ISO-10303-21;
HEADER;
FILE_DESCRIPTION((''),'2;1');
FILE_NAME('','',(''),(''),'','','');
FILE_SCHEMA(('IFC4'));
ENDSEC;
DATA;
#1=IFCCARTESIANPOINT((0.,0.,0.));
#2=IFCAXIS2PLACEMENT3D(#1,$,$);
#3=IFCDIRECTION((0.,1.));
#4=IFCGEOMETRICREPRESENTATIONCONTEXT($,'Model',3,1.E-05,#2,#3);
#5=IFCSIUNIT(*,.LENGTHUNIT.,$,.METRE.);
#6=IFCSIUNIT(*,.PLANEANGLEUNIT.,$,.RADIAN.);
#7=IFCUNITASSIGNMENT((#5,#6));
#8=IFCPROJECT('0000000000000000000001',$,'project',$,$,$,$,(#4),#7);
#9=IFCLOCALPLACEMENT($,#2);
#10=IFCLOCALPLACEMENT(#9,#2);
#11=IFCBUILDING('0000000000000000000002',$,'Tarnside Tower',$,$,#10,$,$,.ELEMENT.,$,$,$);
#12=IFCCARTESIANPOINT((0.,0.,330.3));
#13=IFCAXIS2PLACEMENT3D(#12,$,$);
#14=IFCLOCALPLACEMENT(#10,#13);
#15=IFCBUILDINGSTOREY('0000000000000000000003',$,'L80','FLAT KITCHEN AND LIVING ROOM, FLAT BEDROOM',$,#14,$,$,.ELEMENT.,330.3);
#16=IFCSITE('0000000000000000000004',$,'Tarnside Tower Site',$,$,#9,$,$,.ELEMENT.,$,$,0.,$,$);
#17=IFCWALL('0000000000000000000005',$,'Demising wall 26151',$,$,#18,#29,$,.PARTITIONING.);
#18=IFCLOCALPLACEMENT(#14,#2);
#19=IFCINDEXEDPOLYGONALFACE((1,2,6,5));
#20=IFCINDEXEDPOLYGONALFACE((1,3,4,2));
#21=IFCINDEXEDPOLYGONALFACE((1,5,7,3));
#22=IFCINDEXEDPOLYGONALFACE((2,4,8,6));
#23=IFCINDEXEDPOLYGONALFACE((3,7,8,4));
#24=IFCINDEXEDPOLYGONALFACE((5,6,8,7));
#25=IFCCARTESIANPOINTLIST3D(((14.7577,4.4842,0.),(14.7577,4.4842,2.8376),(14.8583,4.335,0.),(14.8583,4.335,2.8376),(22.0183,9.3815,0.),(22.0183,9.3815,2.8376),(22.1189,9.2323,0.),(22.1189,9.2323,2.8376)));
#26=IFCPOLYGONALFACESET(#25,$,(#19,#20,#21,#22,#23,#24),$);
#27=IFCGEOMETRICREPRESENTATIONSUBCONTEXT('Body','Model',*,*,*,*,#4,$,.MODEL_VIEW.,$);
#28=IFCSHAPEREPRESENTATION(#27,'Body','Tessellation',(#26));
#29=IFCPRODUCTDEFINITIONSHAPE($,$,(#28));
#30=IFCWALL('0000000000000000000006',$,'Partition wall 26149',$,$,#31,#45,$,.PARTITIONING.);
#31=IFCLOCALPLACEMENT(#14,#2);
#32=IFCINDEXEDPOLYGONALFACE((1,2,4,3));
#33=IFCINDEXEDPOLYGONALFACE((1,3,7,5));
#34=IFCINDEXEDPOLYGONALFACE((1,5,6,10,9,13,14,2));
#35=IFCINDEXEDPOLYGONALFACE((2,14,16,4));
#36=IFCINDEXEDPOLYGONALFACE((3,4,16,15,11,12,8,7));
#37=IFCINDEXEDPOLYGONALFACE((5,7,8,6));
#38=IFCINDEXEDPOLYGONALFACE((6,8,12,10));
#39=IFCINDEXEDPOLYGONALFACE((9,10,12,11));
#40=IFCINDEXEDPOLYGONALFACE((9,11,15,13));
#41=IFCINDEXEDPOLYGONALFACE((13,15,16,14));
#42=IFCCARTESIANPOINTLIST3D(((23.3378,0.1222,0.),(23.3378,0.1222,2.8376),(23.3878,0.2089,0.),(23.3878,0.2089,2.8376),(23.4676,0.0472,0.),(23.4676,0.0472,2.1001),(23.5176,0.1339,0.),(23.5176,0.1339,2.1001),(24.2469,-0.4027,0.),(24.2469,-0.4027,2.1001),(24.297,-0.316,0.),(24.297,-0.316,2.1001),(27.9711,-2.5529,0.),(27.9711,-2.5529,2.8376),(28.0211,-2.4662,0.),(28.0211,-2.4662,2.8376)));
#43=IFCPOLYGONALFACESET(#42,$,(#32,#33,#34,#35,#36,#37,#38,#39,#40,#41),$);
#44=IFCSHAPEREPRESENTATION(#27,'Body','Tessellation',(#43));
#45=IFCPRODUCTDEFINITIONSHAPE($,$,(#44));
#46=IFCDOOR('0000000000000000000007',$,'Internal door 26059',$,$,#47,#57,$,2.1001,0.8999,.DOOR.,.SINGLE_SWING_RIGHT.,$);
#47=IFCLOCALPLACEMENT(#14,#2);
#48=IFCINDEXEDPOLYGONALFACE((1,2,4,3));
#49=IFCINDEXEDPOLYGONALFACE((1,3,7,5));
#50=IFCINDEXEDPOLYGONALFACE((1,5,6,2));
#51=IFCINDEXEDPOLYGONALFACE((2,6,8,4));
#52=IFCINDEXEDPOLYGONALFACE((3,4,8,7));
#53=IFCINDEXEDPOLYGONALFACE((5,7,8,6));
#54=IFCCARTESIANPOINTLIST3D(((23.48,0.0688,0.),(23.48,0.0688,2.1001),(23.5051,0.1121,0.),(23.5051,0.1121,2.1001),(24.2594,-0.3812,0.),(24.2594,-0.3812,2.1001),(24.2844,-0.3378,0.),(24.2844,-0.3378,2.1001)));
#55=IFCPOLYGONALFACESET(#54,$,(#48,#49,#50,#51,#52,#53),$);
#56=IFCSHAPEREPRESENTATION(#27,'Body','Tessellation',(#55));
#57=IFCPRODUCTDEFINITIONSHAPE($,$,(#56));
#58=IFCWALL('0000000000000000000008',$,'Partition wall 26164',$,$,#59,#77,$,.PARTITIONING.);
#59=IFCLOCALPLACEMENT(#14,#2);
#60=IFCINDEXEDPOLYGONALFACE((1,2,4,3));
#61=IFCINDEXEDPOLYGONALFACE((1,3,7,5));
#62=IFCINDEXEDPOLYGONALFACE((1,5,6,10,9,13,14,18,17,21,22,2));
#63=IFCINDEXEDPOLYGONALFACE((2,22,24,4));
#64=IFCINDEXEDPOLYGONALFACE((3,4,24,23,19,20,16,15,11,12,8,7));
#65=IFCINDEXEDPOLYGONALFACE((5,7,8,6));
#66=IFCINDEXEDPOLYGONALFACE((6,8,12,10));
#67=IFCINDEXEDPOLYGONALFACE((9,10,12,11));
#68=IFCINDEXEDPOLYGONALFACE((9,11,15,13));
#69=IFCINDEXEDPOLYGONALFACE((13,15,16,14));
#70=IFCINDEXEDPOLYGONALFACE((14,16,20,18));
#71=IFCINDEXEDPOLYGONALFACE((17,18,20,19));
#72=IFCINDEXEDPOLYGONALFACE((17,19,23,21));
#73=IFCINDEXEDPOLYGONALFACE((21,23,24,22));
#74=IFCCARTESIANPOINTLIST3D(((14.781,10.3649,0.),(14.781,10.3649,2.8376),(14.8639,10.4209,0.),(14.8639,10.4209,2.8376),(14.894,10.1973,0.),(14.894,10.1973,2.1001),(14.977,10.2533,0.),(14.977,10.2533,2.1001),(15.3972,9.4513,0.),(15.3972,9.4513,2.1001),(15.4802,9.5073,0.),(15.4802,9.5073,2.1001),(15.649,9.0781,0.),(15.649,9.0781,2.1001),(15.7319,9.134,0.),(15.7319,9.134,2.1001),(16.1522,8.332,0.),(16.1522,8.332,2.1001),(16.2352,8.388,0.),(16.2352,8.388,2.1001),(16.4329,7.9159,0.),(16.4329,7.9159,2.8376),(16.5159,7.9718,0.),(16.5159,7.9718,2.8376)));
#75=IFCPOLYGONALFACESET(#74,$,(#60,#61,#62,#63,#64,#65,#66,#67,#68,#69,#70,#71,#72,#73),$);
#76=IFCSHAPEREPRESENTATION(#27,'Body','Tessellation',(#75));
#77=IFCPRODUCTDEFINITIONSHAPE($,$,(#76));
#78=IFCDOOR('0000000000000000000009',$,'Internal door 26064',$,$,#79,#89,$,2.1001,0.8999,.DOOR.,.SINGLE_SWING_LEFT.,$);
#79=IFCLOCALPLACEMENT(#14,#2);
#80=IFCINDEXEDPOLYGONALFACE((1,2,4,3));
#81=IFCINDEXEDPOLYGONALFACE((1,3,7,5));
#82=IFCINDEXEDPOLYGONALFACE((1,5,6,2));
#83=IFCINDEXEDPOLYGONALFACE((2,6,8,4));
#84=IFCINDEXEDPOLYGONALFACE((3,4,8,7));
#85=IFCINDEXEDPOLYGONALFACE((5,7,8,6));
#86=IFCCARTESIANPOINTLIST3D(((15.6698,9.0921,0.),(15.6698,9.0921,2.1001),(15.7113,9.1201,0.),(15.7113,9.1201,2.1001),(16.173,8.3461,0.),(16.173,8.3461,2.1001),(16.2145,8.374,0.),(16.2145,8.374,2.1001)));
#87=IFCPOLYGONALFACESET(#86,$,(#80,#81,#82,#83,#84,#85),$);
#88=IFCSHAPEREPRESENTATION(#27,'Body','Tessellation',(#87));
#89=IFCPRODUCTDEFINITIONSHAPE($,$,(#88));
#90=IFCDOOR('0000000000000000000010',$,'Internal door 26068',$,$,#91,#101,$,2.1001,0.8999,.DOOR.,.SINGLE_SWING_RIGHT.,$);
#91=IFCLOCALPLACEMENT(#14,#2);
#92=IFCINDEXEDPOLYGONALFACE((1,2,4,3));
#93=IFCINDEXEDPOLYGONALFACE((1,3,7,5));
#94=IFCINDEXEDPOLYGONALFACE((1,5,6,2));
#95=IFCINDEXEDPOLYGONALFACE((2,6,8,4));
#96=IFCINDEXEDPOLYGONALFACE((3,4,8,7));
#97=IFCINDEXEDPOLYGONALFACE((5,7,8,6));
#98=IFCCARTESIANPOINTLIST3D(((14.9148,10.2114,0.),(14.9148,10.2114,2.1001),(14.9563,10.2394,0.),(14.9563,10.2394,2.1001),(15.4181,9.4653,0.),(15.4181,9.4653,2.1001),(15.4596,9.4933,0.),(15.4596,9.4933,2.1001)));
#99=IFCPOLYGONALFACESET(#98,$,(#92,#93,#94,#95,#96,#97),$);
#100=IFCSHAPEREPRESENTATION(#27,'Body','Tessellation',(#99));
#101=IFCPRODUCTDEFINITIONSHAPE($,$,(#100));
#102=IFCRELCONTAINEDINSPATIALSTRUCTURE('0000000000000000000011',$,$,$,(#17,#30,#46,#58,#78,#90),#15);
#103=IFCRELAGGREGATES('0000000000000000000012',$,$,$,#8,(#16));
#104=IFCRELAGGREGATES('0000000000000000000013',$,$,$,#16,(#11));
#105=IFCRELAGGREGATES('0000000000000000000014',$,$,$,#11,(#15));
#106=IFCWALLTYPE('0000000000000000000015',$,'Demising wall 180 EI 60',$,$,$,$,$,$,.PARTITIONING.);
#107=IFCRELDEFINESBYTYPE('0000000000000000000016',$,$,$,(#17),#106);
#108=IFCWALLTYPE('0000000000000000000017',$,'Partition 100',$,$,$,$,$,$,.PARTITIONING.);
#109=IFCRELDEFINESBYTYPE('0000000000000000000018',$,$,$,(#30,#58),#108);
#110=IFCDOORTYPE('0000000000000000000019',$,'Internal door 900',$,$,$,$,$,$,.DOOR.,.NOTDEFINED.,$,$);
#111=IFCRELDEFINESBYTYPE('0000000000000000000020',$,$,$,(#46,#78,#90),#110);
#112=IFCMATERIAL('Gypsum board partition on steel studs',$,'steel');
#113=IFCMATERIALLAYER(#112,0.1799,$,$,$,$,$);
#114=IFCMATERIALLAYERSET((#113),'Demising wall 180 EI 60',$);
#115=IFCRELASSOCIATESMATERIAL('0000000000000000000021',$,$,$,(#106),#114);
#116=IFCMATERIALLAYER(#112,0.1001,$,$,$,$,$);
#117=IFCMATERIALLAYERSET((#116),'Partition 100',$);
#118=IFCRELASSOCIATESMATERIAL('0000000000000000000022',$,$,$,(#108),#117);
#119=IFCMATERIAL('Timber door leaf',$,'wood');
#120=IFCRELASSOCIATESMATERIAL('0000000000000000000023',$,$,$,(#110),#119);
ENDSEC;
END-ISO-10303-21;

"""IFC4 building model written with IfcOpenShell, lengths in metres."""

from ifc_helpers import new_model, si_unit, direction, frame, frame_2d, origin, place, context, subcontext, project, spatial, rectangle, extrude, material, layer, layer_set, type_object, element, fill, save


model = new_model("IFC4")

# Units and contexts
model_context = context("Model", 3, precision=1e-05, world=origin(), true_north=direction((0.0, 1.0)))
body_context = subcontext(model_context, "Body", "Model", "MODEL_VIEW")
ifc_project = project(units=[si_unit("LENGTHUNIT", "METRE"), si_unit("PLANEANGLEUNIT", "RADIAN")], contexts=[model_context])

# Site, building, storey
site_placement = place(None, origin())
site = spatial("IfcSite", under=ifc_project, at=site_placement, Name="Tarnside Tower Site", CompositionType="ELEMENT", RefElevation=0.0)
building_placement = place(site_placement, origin())
building = spatial("IfcBuilding", under=site, at=building_placement, Name="Tarnside Tower", CompositionType="ELEMENT")
storey_placement = place(building_placement, frame((0.0, 0.0, 330.3)))
storey = spatial("IfcBuildingStorey", under=building, at=storey_placement, Name="L80", Description="FLAT KITCHEN AND LIVING ROOM, FLAT BEDROOM", CompositionType="ELEMENT", Elevation=330.3)

# Shared definitions
ifc_material_1 = material(Name="Gypsum board partition on steel studs", Category="steel")

# Shared definitions
ifc_material_2 = material(Name="Timber door leaf", Category="wood")

# Wall
ifc_layer_1 = layer(ifc_material_1, 0.1799)
ifc_layer_set_1 = layer_set([ifc_layer_1], Name="Demising wall 180 EI 60")
wall_type_1 = type_object("IfcWallType", Name="Demising wall 180 EI 60", PredefinedType="PARTITIONING", material=ifc_layer_set_1)
wall_1_placement = place(storey_placement, frame((22.0686, 9.3069, 0.0), z_axis=(0.0, 0.0, 1.0), x_axis=(-0.82904, -0.559189, 0.0)))
element("IfcWall", 1, at=wall_1_placement, inside=storey, type_object=wall_type_1, Name="Demising wall 26151", PredefinedType="PARTITIONING", context=body_context, shape_type="SweptSolid", body=[
    extrude(rectangle(XDim=8.7578, YDim=0.1799, at=frame_2d((4.3789, 0.0))), origin(), (0.0, 0.0, 1.0), 2.8376),
])

# Wall, opening, door
ifc_layer_2 = layer(ifc_material_1, 0.1001)
ifc_layer_set_2 = layer_set([ifc_layer_2], Name="Partition 100")
wall_type_2 = type_object("IfcWallType", Name="Partition 100", PredefinedType="PARTITIONING", material=ifc_layer_set_2)
wall_2_placement = place(storey_placement, frame((23.3628, 0.1655, 0.0), z_axis=(0.0, 0.0, 1.0), x_axis=(0.866024, -0.500002, 0.0)))
wall_2 = element("IfcWall", 2, at=wall_2_placement, inside=storey, type_object=wall_type_2, Name="Partition wall 26149", PredefinedType="PARTITIONING", context=body_context, shape_type="SweptSolid", body=[
    extrude(rectangle(XDim=5.3501, YDim=0.1001, at=frame_2d((2.675, 0.0))), origin(), (0.0, 0.0, 1.0), 2.8376),
])
opening_1_placement = place(wall_2_placement, frame((0.1499, 0.0, 0.0)))
opening_1 = element("IfcOpeningElement", 3, at=opening_1_placement, cuts=wall_2, PredefinedType="OPENING", context=body_context, shape_type="SweptSolid", body=[
    extrude(rectangle(XDim=0.8999, YDim=2.1001, at=frame_2d((0.45, 1.05))), frame((0.0, 0.0601, 0.0), z_axis=(0.0, -1.0, 0.0), x_axis=(1.0, 0.0, 0.0)), (0.0, 0.0, 1.0), 0.1201),
])
door_type_1 = type_object("IfcDoorType", Name="Internal door 900", OperationType="NOTDEFINED", PredefinedType="DOOR", material=ifc_material_2)
door_1_placement = place(opening_1_placement, origin())
door_1 = element("IfcDoor", 4, at=door_1_placement, inside=storey, type_object=door_type_1, Name="Internal door 26059", OperationType="SINGLE_SWING_RIGHT", OverallHeight=2.1001, OverallWidth=0.8999, PredefinedType="DOOR", context=body_context, shape_type="SweptSolid", body=[
    extrude(rectangle(XDim=0.8999, YDim=2.1001, at=frame_2d((0.45, 1.05))), frame((0.0, 0.0249, 0.0), z_axis=(0.0, -1.0, 0.0), x_axis=(1.0, 0.0, 0.0)), (0.0, 0.0, 1.0), 0.05),
])
fill(opening_1, door_1)

# Wall, openings, doors
wall_3_placement = place(storey_placement, frame((16.4744, 7.9438, 0.0), z_axis=(0.0, 0.0, 1.0), x_axis=(-0.559193, 0.829037, 0.0)))
wall_3 = element("IfcWall", 5, at=wall_3_placement, inside=storey, type_object=wall_type_2, Name="Partition wall 26164", PredefinedType="PARTITIONING", context=body_context, shape_type="SweptSolid", body=[
    extrude(rectangle(XDim=2.9541, YDim=0.1001, at=frame_2d((1.4771, 0.0))), origin(), (0.0, 0.0, 1.0), 2.8376),
])
opening_2_placement = place(wall_3_placement, frame((0.502, 0.0, 0.0)))
opening_2 = element("IfcOpeningElement", 6, at=opening_2_placement, cuts=wall_3, PredefinedType="OPENING", context=body_context, shape_type="SweptSolid", body=[
    extrude(rectangle(XDim=0.8999, YDim=2.1001, at=frame_2d((0.45, 1.05))), frame((0.0, 0.0601, 0.0), z_axis=(0.0, -1.0, 0.0), x_axis=(1.0, 0.0, 0.0)), (0.0, 0.0, 1.0), 0.1201),
])
opening_3_placement = place(wall_3_placement, frame((1.8521, 0.0, 0.0)))
opening_3 = element("IfcOpeningElement", 7, at=opening_3_placement, cuts=wall_3, PredefinedType="OPENING", context=body_context, shape_type="SweptSolid", body=[
    extrude(rectangle(XDim=0.8999, YDim=2.1001, at=frame_2d((0.45, 1.05))), frame((0.0, 0.0601, 0.0), z_axis=(0.0, -1.0, 0.0), x_axis=(1.0, 0.0, 0.0)), (0.0, 0.0, 1.0), 0.1201),
])
door_2_placement = place(opening_2_placement, origin())
door_2 = element("IfcDoor", 8, at=door_2_placement, inside=storey, type_object=door_type_1, Name="Internal door 26064", OperationType="SINGLE_SWING_LEFT", OverallHeight=2.1001, OverallWidth=0.8999, PredefinedType="DOOR", context=body_context, shape_type="SweptSolid", body=[
    extrude(rectangle(XDim=0.8999, YDim=2.1001, at=frame_2d((0.45, 1.05))), frame((0.0, 0.0249, 0.0), z_axis=(0.0, -1.0, 0.0), x_axis=(1.0, 0.0, 0.0)), (0.0, 0.0, 1.0), 0.05),
])
fill(opening_2, door_2)
door_3_placement = place(opening_3_placement, origin())
door_3 = element("IfcDoor", 9, at=door_3_placement, inside=storey, type_object=door_type_1, Name="Internal door 26068", OperationType="SINGLE_SWING_RIGHT", OverallHeight=2.1001, OverallWidth=0.8999, PredefinedType="DOOR", context=body_context, shape_type="SweptSolid", body=[
    extrude(rectangle(XDim=0.8999, YDim=2.1001, at=frame_2d((0.45, 1.05))), frame((0.0, 0.0249, 0.0), z_axis=(0.0, -1.0, 0.0), x_axis=(1.0, 0.0, 0.0)), (0.0, 0.0, 1.0), 0.05),
])
fill(opening_3, door_3)

save(model, "model.ifc")
